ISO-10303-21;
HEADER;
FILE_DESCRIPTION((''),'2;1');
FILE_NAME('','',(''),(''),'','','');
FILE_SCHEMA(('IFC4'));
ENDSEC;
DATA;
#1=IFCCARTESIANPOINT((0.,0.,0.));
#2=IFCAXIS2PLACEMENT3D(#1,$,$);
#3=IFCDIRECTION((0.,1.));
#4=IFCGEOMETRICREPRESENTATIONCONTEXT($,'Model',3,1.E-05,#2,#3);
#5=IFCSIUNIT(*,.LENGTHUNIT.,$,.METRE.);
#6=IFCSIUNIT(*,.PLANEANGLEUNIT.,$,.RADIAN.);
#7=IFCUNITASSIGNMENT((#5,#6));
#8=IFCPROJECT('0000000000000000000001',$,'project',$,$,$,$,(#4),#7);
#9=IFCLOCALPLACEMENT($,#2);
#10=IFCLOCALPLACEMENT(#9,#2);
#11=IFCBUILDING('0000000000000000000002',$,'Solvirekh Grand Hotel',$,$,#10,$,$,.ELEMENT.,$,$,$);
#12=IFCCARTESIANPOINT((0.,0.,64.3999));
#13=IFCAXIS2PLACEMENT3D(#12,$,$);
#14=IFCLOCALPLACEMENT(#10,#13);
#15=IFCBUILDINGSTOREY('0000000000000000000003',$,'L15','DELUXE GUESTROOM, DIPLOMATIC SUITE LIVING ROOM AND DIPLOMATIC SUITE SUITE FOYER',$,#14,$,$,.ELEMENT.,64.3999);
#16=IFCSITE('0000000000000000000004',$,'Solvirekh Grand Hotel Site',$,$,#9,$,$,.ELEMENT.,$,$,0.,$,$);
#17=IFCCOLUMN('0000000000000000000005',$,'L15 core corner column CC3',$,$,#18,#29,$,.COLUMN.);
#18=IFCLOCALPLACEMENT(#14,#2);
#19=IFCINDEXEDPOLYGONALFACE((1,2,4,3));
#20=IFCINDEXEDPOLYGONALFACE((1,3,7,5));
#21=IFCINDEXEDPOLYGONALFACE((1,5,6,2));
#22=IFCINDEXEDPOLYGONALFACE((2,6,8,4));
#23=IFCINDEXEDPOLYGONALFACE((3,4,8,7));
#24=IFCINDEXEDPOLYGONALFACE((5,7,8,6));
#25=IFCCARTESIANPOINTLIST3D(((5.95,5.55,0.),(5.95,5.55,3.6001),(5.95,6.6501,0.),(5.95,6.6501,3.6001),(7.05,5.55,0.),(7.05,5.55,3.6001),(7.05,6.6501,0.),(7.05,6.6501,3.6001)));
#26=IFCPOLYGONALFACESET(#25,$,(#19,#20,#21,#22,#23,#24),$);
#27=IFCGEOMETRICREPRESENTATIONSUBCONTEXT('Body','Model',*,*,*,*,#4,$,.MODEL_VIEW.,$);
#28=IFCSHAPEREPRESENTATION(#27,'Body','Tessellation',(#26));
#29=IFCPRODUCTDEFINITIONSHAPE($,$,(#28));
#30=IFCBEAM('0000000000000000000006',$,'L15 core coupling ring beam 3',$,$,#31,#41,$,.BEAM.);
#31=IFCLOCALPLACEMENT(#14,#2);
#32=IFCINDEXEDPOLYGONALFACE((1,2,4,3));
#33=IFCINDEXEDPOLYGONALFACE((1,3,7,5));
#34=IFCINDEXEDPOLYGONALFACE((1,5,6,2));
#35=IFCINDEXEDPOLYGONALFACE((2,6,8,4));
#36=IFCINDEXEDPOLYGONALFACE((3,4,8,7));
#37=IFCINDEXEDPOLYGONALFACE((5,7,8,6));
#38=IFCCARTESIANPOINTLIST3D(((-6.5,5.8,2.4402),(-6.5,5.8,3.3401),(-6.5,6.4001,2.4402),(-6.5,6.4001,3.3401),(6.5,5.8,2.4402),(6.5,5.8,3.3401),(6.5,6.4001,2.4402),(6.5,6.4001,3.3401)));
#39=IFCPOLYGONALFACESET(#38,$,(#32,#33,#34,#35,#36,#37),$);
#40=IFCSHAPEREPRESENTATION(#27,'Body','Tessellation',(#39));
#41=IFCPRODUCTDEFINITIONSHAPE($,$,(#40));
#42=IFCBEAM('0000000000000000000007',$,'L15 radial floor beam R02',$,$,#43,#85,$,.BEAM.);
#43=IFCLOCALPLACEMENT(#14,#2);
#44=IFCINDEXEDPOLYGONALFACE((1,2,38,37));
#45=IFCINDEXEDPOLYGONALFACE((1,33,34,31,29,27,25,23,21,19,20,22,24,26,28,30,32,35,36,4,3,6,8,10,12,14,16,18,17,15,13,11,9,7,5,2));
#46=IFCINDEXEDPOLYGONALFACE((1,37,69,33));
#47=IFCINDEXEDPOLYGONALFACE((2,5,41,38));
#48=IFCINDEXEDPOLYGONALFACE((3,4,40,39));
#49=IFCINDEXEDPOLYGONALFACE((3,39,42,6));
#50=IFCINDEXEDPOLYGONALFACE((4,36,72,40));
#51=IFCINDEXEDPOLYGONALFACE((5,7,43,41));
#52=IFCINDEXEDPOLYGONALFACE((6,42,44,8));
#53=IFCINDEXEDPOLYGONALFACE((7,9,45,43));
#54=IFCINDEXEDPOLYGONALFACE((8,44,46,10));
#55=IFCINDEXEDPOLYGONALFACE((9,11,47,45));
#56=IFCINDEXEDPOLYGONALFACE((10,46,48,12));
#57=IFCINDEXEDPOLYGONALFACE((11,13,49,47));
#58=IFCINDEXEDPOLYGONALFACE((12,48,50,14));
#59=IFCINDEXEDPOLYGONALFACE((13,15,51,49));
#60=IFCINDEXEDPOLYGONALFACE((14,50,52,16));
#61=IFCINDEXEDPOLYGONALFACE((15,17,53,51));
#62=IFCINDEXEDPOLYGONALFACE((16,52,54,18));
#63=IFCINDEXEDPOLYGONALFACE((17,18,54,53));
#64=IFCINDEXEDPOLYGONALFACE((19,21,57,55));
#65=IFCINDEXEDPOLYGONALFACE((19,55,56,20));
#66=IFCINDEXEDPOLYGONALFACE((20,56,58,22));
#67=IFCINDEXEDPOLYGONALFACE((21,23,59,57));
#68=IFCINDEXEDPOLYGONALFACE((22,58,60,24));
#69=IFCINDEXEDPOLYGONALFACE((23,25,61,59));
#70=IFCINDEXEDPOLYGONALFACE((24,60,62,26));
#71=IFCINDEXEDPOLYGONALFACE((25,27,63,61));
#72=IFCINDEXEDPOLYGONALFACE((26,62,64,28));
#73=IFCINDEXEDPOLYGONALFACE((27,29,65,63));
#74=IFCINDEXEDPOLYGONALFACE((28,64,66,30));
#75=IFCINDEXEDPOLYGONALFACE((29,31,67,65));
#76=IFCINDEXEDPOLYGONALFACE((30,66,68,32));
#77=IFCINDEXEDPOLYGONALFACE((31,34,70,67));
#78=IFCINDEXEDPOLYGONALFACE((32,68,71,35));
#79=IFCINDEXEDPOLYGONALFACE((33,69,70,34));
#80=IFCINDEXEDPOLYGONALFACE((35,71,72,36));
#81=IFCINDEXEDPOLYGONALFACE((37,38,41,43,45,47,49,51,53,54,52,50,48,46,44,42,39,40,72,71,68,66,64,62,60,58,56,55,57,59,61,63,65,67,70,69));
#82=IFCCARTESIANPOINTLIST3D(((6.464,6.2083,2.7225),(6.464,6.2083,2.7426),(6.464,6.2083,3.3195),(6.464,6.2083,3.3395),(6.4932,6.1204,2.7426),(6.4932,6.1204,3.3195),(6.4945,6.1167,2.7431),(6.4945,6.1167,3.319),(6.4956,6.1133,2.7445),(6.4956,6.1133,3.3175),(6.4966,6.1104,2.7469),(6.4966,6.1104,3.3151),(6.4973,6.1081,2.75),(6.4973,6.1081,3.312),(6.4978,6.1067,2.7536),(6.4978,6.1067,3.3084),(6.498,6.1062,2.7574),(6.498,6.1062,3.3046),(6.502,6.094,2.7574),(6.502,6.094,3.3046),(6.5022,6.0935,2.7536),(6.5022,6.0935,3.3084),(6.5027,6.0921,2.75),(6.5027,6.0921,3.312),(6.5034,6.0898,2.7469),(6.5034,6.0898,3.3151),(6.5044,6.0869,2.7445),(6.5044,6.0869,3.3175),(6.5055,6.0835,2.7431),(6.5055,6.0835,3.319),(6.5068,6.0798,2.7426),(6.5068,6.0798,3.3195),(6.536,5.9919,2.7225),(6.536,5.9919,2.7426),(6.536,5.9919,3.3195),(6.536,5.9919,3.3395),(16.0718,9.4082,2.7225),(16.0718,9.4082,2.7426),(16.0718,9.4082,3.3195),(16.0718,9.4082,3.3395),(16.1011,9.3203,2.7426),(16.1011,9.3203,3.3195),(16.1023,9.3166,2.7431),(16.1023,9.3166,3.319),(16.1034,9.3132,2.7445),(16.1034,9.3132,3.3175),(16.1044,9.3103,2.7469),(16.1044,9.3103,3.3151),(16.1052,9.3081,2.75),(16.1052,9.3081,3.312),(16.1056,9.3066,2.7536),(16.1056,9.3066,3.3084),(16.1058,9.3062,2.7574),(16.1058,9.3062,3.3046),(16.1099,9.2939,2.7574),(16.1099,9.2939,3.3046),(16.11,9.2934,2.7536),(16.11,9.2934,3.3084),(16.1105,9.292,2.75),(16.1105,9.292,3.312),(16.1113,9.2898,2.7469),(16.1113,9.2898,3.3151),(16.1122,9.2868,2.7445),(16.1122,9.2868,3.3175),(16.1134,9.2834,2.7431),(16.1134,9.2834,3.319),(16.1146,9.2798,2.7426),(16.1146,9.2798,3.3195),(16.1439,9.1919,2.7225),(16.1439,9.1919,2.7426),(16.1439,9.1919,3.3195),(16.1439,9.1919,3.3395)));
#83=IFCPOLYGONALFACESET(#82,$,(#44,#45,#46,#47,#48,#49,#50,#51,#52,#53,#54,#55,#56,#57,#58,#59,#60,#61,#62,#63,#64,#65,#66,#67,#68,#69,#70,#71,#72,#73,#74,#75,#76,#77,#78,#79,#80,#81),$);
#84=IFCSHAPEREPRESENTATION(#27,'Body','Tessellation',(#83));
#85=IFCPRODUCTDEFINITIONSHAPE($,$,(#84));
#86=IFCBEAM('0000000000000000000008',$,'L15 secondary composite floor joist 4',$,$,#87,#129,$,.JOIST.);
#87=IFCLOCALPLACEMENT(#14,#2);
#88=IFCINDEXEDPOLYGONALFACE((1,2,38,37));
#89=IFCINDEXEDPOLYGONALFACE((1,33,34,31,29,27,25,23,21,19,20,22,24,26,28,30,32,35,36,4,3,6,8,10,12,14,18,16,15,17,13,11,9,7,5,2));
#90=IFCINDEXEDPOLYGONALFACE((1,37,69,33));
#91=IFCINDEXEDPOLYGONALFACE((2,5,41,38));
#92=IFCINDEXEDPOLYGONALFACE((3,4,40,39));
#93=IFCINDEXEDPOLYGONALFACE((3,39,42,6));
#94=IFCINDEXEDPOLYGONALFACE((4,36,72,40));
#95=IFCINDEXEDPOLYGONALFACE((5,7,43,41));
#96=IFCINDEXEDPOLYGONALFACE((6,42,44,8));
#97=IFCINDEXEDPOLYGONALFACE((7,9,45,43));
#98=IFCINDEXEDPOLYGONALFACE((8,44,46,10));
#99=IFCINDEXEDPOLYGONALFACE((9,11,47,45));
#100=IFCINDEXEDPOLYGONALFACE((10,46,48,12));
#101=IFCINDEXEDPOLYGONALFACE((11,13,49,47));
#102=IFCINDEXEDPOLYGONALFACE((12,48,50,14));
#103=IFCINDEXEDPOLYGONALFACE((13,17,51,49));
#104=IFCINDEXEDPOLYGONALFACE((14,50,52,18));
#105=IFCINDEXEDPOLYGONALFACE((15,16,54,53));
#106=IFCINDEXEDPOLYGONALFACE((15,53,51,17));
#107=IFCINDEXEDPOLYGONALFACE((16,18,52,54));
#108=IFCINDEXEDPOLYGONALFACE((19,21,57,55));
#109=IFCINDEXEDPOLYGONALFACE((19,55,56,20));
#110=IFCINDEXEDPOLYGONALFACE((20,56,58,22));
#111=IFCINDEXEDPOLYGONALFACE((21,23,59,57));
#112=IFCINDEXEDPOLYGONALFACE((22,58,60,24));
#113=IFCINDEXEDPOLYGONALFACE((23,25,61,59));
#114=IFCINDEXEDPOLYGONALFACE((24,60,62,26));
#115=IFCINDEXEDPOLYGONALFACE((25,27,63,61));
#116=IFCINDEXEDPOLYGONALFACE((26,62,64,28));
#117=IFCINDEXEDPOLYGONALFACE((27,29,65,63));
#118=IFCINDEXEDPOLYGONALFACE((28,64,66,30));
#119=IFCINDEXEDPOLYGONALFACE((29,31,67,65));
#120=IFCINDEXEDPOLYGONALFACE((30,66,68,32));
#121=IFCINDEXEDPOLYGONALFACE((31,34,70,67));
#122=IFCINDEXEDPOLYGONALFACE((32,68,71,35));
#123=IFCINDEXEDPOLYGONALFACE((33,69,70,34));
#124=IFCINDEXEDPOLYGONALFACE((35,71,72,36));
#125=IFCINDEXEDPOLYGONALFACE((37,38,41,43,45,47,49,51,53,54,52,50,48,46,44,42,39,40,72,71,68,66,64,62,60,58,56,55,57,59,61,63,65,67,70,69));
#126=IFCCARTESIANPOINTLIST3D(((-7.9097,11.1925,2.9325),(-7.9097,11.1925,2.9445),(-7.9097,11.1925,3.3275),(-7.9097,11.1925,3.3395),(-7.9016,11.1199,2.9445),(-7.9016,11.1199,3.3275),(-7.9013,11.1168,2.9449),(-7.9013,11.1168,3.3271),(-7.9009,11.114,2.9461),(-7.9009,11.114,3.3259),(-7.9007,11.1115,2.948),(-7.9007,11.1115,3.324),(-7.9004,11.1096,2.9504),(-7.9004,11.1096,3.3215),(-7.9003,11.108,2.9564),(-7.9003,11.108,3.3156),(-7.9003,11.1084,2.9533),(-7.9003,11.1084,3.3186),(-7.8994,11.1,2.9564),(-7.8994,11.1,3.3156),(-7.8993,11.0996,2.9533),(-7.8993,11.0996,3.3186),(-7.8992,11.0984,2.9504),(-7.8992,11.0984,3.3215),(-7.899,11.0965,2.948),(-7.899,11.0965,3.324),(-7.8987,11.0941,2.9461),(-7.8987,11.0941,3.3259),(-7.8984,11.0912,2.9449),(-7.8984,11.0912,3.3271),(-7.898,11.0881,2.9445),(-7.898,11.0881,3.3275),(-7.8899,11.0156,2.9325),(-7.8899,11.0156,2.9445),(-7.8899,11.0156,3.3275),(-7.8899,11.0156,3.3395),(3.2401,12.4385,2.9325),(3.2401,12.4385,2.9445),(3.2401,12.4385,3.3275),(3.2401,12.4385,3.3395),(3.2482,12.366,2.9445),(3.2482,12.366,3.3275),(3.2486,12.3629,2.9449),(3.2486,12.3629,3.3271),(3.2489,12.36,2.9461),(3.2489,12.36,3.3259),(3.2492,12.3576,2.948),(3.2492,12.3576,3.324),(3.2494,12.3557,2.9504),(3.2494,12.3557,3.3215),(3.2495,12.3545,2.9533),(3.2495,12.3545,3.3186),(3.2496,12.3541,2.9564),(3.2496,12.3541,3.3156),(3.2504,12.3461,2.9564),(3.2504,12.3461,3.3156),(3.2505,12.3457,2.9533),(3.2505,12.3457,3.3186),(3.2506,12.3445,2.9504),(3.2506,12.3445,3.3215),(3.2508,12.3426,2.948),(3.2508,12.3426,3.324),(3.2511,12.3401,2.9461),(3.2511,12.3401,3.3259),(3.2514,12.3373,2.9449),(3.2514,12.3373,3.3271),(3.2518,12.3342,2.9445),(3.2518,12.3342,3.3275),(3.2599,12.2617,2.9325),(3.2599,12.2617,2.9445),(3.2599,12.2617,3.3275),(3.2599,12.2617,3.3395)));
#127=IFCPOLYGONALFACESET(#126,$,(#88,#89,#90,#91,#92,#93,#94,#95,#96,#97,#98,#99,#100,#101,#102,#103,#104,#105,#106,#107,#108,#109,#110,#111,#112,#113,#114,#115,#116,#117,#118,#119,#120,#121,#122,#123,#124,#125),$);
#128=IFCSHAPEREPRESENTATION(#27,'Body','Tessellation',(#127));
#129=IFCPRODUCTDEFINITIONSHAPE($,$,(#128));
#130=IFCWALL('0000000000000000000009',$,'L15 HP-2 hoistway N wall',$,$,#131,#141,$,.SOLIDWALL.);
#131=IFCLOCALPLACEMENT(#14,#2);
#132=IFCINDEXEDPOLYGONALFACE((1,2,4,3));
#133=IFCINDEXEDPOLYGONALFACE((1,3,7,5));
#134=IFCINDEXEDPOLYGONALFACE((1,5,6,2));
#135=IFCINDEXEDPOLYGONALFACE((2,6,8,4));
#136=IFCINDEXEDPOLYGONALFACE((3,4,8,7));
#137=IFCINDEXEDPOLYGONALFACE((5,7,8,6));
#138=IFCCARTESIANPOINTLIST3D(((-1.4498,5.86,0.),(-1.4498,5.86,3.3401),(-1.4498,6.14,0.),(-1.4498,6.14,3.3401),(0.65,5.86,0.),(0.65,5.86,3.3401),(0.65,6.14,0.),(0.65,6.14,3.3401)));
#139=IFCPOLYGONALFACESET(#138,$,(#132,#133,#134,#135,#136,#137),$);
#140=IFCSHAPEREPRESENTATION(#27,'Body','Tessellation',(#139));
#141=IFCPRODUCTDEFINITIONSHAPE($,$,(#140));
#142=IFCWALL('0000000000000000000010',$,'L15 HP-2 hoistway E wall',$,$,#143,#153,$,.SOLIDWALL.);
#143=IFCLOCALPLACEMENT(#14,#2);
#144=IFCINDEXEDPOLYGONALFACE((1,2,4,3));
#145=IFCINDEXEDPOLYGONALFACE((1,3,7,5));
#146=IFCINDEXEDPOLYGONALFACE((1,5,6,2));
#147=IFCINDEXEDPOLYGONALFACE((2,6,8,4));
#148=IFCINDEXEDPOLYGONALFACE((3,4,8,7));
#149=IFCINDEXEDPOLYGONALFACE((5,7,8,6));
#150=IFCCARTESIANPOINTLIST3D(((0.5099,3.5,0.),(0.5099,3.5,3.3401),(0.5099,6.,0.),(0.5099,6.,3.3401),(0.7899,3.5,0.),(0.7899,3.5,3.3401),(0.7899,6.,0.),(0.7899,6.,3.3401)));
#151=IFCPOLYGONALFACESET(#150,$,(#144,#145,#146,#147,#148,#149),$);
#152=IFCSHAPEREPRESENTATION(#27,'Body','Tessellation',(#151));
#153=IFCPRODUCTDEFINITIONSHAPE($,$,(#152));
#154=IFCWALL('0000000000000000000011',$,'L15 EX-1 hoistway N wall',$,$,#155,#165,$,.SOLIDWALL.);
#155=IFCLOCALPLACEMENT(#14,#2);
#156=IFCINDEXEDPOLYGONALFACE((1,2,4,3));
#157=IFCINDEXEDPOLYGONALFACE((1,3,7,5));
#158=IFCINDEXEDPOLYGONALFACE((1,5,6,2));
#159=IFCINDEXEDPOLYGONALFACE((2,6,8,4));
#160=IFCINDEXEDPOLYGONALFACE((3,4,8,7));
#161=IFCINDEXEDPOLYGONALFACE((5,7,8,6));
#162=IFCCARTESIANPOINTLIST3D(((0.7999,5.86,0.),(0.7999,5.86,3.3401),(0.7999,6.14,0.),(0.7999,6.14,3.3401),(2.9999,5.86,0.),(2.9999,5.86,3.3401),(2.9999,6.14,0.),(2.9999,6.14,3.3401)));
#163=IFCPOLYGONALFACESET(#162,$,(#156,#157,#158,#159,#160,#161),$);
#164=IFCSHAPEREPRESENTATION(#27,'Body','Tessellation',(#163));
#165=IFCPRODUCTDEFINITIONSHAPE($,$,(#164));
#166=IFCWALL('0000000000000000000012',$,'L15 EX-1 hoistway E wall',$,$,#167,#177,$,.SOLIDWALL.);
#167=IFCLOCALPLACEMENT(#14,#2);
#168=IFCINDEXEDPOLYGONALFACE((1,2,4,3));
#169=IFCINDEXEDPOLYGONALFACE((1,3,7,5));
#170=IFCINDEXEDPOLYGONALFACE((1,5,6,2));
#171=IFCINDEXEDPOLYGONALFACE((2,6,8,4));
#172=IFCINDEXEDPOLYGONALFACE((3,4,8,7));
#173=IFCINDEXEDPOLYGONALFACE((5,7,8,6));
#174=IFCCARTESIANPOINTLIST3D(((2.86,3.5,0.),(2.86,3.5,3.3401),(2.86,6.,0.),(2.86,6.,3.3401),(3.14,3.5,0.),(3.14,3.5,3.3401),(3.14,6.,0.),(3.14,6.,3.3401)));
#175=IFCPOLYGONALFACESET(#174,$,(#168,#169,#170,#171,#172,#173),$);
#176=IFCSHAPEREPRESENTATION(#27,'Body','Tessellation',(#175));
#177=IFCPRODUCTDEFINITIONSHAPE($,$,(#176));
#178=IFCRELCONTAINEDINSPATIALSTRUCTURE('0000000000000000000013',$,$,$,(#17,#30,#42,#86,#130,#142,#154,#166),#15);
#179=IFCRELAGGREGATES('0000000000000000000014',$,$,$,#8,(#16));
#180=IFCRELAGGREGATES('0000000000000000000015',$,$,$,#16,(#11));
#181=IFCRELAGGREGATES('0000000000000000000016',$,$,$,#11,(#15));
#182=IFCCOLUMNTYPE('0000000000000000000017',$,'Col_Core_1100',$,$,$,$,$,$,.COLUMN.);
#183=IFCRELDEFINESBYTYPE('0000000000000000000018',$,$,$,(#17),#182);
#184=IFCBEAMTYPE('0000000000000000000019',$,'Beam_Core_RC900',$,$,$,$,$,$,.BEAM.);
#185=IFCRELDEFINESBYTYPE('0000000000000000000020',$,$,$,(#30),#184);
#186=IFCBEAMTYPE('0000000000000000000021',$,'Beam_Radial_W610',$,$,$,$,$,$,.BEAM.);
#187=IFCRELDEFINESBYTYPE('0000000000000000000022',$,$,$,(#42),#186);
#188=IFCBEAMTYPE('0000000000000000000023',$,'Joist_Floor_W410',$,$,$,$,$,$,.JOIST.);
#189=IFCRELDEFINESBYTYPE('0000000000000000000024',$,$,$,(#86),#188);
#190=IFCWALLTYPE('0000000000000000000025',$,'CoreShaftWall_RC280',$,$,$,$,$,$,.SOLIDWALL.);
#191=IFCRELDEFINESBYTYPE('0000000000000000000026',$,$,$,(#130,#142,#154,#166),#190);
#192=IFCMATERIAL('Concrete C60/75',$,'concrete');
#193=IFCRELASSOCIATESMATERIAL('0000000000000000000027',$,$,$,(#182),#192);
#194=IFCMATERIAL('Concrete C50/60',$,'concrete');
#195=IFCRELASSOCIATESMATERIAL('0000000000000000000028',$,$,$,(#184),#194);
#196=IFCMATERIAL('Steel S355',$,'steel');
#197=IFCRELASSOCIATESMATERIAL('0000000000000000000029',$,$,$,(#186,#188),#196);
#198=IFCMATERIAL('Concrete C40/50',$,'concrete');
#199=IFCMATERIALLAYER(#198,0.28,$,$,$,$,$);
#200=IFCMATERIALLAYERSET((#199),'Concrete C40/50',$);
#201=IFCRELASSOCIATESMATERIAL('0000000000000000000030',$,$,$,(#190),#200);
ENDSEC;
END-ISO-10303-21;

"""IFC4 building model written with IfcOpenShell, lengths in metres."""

from ifc_helpers import new_model, si_unit, direction, frame, frame_2d, origin, origin_2d, place, context, subcontext, project, spatial, rectangle, i_section, extrude, material, layer, layer_set, material_profile, profile_set, type_object, element, save


model = new_model("IFC4")

# Units and contexts
model_context = context("Model", 3, precision=1e-05, world=origin(), true_north=direction((0.0, 1.0)))
body_context = subcontext(model_context, "Body", "Model", "MODEL_VIEW")
ifc_project = project(units=[si_unit("LENGTHUNIT", "METRE"), si_unit("PLANEANGLEUNIT", "RADIAN")], contexts=[model_context])

# Site, building, storey
site_placement = place(None, origin())
site = spatial("IfcSite", under=ifc_project, at=site_placement, Name="Solvirekh Grand Hotel Site", CompositionType="ELEMENT", RefElevation=0.0)
building_placement = place(site_placement, origin())
building = spatial("IfcBuilding", under=site, at=building_placement, Name="Solvirekh Grand Hotel", CompositionType="ELEMENT")
storey_placement = place(building_placement, frame((0.0, 0.0, 64.3999)))
storey = spatial("IfcBuildingStorey", under=building, at=storey_placement, Name="L15", Description="DELUXE GUESTROOM, DIPLOMATIC SUITE LIVING ROOM AND DIPLOMATIC SUITE SUITE FOYER", CompositionType="ELEMENT", Elevation=64.3999)

# Column
ifc_material_1 = material(Name="Concrete C60/75", Category="concrete")
ifc_material_profile_1 = material_profile(ifc_material_1, rectangle(XDim=1.1001, YDim=1.1001, at=origin_2d()), Name="RC 1100X1100")
ifc_profile_set_1 = profile_set([ifc_material_profile_1], Name="Concrete C60/75")
column_type = type_object("IfcColumnType", Name="Col_Core_1100", PredefinedType="COLUMN", material=ifc_profile_set_1)
column_placement = place(storey_placement, frame((6.5, 6.1001, 0.0), z_axis=(0.0, 0.0, 1.0), x_axis=(1.0, 0.0, 0.0)))
element("IfcColumn", 1, at=column_placement, inside=storey, type_object=column_type, Name="L15 core corner column CC3", PredefinedType="COLUMN", context=body_context, shape_type="SweptSolid", body=[
    extrude(rectangle(XDim=1.1001, YDim=1.1001, at=origin_2d()), origin(), (0.0, 0.0, 1.0), 3.6001),
])

# Beams
ifc_material_2 = material(Name="Concrete C50/60", Category="concrete")
ifc_material_profile_2 = material_profile(ifc_material_2, rectangle(XDim=0.6001, YDim=0.8999, at=origin_2d()), Name="RC BEAM 600X900")
ifc_profile_set_2 = profile_set([ifc_material_profile_2], Name="Concrete C50/60")
beam_type_1 = type_object("IfcBeamType", Name="Beam_Core_RC900", PredefinedType="BEAM", material=ifc_profile_set_2)
beam_1_placement = place(storey_placement, frame((6.5, 6.1001, 2.8901), z_axis=(-1.0, 0.0, 0.0), x_axis=(0.0, -1.0, 0.0)))
element("IfcBeam", 2, at=beam_1_placement, inside=storey, type_object=beam_type_1, Name="L15 core coupling ring beam 3", PredefinedType="BEAM", context=body_context, shape_type="SweptSolid", body=[
    extrude(rectangle(XDim=0.6001, YDim=0.8999, at=origin_2d()), origin(), (0.0, 0.0, 1.0), 13.0),
])
ifc_material_3 = material(Name="Steel S355", Category="steel")
ifc_material_profile_3 = material_profile(ifc_material_3, i_section(OverallWidth=0.228, OverallDepth=0.6169, WebThickness=0.0129, FlangeThickness=0.02, FilletRadius=0.0149, at=origin_2d()), Name="W610X140")
ifc_profile_set_3 = profile_set([ifc_material_profile_3], Name="Steel S355")
beam_type_2 = type_object("IfcBeamType", Name="Beam_Radial_W610", PredefinedType="BEAM", material=ifc_profile_set_3)
beam_2_placement = place(storey_placement, frame((6.5, 6.1001, 3.031), z_axis=(0.948763, 0.315989, 0.0), x_axis=(-0.315989, 0.948763, 0.0)))
element("IfcBeam", 3, at=beam_2_placement, inside=storey, type_object=beam_type_2, Name="L15 radial floor beam R02", PredefinedType="BEAM", context=body_context, shape_type="SweptSolid", body=[
    extrude(i_section(OverallWidth=0.228, OverallDepth=0.6169, WebThickness=0.0129, FlangeThickness=0.02, FilletRadius=0.0149, at=origin_2d()), origin(), (0.0, 0.0, 1.0), 10.1267),
])
ifc_material_profile_4 = material_profile(ifc_material_3, i_section(OverallWidth=0.178, OverallDepth=0.407, WebThickness=0.0081, FlangeThickness=0.012, FilletRadius=0.012, at=origin_2d()), Name="W410X60")
ifc_profile_set_4 = profile_set([ifc_material_profile_4], Name="Steel S355")
beam_type_3 = type_object("IfcBeamType", Name="Joist_Floor_W410", PredefinedType="JOIST", material=ifc_profile_set_4)
beam_3_placement = place(storey_placement, frame((3.25, 12.3501, 3.136), z_axis=(-0.993813, -0.111067, 0.0), x_axis=(0.111067, -0.993813, 0.0)))
element("IfcBeam", 4, at=beam_3_placement, inside=storey, type_object=beam_type_3, Name="L15 secondary composite floor joist 4", PredefinedType="JOIST", context=body_context, shape_type="SweptSolid", body=[
    extrude(i_section(OverallWidth=0.178, OverallDepth=0.407, WebThickness=0.0081, FlangeThickness=0.012, FilletRadius=0.012, at=origin_2d()), origin(), (0.0, 0.0, 1.0), 11.2192),
])

# Walls
ifc_material_4 = material(Name="Concrete C40/50", Category="concrete")
ifc_layer_1 = layer(ifc_material_4, 0.28)
ifc_layer_set_1 = layer_set([ifc_layer_1], Name="Concrete C40/50")
wall_type_1 = type_object("IfcWallType", Name="CoreShaftWall_RC280", PredefinedType="SOLIDWALL", material=ifc_layer_set_1)
wall_1_placement = place(storey_placement, frame((0.6499, 6.0, 0.0), z_axis=(0.0, 0.0, 1.0), x_axis=(-1.0, 0.0, 0.0)))
element("IfcWall", 5, at=wall_1_placement, inside=storey, type_object=wall_type_1, Name="L15 HP-2 hoistway N wall", PredefinedType="SOLIDWALL", context=body_context, shape_type="SweptSolid", body=[
    extrude(rectangle(XDim=2.0999, YDim=0.28, at=frame_2d((1.0498, 0.0))), origin(), (0.0, 0.0, 1.0), 3.3401),
])
wall_2_placement = place(storey_placement, frame((0.6499, 3.5, 0.0), z_axis=(0.0, 0.0, 1.0), x_axis=(0.0, 1.0, 0.0)))
element("IfcWall", 6, at=wall_2_placement, inside=storey, type_object=wall_type_1, Name="L15 HP-2 hoistway E wall", PredefinedType="SOLIDWALL", context=body_context, shape_type="SweptSolid", body=[
    extrude(rectangle(XDim=2.5, YDim=0.28, at=frame_2d((1.25, 0.0))), origin(), (0.0, 0.0, 1.0), 3.3401),
])
wall_3_placement = place(storey_placement, frame((3.0, 6.0, 0.0), z_axis=(0.0, 0.0, 1.0), x_axis=(-1.0, 0.0, 0.0)))
element("IfcWall", 7, at=wall_3_placement, inside=storey, type_object=wall_type_1, Name="L15 EX-1 hoistway N wall", PredefinedType="SOLIDWALL", context=body_context, shape_type="SweptSolid", body=[
    extrude(rectangle(XDim=2.2, YDim=0.28, at=frame_2d((1.1001, 0.0))), origin(), (0.0, 0.0, 1.0), 3.3401),
])
wall_4_placement = place(storey_placement, frame((3.0, 3.5, 0.0), z_axis=(0.0, 0.0, 1.0), x_axis=(0.0, 1.0, 0.0)))
element("IfcWall", 8, at=wall_4_placement, inside=storey, type_object=wall_type_1, Name="L15 EX-1 hoistway E wall", PredefinedType="SOLIDWALL", context=body_context, shape_type="SweptSolid", body=[
    extrude(rectangle(XDim=2.5, YDim=0.28, at=frame_2d((1.25, 0.0))), origin(), (0.0, 0.0, 1.0), 3.3401),
])

save(model, "model.ifc")
